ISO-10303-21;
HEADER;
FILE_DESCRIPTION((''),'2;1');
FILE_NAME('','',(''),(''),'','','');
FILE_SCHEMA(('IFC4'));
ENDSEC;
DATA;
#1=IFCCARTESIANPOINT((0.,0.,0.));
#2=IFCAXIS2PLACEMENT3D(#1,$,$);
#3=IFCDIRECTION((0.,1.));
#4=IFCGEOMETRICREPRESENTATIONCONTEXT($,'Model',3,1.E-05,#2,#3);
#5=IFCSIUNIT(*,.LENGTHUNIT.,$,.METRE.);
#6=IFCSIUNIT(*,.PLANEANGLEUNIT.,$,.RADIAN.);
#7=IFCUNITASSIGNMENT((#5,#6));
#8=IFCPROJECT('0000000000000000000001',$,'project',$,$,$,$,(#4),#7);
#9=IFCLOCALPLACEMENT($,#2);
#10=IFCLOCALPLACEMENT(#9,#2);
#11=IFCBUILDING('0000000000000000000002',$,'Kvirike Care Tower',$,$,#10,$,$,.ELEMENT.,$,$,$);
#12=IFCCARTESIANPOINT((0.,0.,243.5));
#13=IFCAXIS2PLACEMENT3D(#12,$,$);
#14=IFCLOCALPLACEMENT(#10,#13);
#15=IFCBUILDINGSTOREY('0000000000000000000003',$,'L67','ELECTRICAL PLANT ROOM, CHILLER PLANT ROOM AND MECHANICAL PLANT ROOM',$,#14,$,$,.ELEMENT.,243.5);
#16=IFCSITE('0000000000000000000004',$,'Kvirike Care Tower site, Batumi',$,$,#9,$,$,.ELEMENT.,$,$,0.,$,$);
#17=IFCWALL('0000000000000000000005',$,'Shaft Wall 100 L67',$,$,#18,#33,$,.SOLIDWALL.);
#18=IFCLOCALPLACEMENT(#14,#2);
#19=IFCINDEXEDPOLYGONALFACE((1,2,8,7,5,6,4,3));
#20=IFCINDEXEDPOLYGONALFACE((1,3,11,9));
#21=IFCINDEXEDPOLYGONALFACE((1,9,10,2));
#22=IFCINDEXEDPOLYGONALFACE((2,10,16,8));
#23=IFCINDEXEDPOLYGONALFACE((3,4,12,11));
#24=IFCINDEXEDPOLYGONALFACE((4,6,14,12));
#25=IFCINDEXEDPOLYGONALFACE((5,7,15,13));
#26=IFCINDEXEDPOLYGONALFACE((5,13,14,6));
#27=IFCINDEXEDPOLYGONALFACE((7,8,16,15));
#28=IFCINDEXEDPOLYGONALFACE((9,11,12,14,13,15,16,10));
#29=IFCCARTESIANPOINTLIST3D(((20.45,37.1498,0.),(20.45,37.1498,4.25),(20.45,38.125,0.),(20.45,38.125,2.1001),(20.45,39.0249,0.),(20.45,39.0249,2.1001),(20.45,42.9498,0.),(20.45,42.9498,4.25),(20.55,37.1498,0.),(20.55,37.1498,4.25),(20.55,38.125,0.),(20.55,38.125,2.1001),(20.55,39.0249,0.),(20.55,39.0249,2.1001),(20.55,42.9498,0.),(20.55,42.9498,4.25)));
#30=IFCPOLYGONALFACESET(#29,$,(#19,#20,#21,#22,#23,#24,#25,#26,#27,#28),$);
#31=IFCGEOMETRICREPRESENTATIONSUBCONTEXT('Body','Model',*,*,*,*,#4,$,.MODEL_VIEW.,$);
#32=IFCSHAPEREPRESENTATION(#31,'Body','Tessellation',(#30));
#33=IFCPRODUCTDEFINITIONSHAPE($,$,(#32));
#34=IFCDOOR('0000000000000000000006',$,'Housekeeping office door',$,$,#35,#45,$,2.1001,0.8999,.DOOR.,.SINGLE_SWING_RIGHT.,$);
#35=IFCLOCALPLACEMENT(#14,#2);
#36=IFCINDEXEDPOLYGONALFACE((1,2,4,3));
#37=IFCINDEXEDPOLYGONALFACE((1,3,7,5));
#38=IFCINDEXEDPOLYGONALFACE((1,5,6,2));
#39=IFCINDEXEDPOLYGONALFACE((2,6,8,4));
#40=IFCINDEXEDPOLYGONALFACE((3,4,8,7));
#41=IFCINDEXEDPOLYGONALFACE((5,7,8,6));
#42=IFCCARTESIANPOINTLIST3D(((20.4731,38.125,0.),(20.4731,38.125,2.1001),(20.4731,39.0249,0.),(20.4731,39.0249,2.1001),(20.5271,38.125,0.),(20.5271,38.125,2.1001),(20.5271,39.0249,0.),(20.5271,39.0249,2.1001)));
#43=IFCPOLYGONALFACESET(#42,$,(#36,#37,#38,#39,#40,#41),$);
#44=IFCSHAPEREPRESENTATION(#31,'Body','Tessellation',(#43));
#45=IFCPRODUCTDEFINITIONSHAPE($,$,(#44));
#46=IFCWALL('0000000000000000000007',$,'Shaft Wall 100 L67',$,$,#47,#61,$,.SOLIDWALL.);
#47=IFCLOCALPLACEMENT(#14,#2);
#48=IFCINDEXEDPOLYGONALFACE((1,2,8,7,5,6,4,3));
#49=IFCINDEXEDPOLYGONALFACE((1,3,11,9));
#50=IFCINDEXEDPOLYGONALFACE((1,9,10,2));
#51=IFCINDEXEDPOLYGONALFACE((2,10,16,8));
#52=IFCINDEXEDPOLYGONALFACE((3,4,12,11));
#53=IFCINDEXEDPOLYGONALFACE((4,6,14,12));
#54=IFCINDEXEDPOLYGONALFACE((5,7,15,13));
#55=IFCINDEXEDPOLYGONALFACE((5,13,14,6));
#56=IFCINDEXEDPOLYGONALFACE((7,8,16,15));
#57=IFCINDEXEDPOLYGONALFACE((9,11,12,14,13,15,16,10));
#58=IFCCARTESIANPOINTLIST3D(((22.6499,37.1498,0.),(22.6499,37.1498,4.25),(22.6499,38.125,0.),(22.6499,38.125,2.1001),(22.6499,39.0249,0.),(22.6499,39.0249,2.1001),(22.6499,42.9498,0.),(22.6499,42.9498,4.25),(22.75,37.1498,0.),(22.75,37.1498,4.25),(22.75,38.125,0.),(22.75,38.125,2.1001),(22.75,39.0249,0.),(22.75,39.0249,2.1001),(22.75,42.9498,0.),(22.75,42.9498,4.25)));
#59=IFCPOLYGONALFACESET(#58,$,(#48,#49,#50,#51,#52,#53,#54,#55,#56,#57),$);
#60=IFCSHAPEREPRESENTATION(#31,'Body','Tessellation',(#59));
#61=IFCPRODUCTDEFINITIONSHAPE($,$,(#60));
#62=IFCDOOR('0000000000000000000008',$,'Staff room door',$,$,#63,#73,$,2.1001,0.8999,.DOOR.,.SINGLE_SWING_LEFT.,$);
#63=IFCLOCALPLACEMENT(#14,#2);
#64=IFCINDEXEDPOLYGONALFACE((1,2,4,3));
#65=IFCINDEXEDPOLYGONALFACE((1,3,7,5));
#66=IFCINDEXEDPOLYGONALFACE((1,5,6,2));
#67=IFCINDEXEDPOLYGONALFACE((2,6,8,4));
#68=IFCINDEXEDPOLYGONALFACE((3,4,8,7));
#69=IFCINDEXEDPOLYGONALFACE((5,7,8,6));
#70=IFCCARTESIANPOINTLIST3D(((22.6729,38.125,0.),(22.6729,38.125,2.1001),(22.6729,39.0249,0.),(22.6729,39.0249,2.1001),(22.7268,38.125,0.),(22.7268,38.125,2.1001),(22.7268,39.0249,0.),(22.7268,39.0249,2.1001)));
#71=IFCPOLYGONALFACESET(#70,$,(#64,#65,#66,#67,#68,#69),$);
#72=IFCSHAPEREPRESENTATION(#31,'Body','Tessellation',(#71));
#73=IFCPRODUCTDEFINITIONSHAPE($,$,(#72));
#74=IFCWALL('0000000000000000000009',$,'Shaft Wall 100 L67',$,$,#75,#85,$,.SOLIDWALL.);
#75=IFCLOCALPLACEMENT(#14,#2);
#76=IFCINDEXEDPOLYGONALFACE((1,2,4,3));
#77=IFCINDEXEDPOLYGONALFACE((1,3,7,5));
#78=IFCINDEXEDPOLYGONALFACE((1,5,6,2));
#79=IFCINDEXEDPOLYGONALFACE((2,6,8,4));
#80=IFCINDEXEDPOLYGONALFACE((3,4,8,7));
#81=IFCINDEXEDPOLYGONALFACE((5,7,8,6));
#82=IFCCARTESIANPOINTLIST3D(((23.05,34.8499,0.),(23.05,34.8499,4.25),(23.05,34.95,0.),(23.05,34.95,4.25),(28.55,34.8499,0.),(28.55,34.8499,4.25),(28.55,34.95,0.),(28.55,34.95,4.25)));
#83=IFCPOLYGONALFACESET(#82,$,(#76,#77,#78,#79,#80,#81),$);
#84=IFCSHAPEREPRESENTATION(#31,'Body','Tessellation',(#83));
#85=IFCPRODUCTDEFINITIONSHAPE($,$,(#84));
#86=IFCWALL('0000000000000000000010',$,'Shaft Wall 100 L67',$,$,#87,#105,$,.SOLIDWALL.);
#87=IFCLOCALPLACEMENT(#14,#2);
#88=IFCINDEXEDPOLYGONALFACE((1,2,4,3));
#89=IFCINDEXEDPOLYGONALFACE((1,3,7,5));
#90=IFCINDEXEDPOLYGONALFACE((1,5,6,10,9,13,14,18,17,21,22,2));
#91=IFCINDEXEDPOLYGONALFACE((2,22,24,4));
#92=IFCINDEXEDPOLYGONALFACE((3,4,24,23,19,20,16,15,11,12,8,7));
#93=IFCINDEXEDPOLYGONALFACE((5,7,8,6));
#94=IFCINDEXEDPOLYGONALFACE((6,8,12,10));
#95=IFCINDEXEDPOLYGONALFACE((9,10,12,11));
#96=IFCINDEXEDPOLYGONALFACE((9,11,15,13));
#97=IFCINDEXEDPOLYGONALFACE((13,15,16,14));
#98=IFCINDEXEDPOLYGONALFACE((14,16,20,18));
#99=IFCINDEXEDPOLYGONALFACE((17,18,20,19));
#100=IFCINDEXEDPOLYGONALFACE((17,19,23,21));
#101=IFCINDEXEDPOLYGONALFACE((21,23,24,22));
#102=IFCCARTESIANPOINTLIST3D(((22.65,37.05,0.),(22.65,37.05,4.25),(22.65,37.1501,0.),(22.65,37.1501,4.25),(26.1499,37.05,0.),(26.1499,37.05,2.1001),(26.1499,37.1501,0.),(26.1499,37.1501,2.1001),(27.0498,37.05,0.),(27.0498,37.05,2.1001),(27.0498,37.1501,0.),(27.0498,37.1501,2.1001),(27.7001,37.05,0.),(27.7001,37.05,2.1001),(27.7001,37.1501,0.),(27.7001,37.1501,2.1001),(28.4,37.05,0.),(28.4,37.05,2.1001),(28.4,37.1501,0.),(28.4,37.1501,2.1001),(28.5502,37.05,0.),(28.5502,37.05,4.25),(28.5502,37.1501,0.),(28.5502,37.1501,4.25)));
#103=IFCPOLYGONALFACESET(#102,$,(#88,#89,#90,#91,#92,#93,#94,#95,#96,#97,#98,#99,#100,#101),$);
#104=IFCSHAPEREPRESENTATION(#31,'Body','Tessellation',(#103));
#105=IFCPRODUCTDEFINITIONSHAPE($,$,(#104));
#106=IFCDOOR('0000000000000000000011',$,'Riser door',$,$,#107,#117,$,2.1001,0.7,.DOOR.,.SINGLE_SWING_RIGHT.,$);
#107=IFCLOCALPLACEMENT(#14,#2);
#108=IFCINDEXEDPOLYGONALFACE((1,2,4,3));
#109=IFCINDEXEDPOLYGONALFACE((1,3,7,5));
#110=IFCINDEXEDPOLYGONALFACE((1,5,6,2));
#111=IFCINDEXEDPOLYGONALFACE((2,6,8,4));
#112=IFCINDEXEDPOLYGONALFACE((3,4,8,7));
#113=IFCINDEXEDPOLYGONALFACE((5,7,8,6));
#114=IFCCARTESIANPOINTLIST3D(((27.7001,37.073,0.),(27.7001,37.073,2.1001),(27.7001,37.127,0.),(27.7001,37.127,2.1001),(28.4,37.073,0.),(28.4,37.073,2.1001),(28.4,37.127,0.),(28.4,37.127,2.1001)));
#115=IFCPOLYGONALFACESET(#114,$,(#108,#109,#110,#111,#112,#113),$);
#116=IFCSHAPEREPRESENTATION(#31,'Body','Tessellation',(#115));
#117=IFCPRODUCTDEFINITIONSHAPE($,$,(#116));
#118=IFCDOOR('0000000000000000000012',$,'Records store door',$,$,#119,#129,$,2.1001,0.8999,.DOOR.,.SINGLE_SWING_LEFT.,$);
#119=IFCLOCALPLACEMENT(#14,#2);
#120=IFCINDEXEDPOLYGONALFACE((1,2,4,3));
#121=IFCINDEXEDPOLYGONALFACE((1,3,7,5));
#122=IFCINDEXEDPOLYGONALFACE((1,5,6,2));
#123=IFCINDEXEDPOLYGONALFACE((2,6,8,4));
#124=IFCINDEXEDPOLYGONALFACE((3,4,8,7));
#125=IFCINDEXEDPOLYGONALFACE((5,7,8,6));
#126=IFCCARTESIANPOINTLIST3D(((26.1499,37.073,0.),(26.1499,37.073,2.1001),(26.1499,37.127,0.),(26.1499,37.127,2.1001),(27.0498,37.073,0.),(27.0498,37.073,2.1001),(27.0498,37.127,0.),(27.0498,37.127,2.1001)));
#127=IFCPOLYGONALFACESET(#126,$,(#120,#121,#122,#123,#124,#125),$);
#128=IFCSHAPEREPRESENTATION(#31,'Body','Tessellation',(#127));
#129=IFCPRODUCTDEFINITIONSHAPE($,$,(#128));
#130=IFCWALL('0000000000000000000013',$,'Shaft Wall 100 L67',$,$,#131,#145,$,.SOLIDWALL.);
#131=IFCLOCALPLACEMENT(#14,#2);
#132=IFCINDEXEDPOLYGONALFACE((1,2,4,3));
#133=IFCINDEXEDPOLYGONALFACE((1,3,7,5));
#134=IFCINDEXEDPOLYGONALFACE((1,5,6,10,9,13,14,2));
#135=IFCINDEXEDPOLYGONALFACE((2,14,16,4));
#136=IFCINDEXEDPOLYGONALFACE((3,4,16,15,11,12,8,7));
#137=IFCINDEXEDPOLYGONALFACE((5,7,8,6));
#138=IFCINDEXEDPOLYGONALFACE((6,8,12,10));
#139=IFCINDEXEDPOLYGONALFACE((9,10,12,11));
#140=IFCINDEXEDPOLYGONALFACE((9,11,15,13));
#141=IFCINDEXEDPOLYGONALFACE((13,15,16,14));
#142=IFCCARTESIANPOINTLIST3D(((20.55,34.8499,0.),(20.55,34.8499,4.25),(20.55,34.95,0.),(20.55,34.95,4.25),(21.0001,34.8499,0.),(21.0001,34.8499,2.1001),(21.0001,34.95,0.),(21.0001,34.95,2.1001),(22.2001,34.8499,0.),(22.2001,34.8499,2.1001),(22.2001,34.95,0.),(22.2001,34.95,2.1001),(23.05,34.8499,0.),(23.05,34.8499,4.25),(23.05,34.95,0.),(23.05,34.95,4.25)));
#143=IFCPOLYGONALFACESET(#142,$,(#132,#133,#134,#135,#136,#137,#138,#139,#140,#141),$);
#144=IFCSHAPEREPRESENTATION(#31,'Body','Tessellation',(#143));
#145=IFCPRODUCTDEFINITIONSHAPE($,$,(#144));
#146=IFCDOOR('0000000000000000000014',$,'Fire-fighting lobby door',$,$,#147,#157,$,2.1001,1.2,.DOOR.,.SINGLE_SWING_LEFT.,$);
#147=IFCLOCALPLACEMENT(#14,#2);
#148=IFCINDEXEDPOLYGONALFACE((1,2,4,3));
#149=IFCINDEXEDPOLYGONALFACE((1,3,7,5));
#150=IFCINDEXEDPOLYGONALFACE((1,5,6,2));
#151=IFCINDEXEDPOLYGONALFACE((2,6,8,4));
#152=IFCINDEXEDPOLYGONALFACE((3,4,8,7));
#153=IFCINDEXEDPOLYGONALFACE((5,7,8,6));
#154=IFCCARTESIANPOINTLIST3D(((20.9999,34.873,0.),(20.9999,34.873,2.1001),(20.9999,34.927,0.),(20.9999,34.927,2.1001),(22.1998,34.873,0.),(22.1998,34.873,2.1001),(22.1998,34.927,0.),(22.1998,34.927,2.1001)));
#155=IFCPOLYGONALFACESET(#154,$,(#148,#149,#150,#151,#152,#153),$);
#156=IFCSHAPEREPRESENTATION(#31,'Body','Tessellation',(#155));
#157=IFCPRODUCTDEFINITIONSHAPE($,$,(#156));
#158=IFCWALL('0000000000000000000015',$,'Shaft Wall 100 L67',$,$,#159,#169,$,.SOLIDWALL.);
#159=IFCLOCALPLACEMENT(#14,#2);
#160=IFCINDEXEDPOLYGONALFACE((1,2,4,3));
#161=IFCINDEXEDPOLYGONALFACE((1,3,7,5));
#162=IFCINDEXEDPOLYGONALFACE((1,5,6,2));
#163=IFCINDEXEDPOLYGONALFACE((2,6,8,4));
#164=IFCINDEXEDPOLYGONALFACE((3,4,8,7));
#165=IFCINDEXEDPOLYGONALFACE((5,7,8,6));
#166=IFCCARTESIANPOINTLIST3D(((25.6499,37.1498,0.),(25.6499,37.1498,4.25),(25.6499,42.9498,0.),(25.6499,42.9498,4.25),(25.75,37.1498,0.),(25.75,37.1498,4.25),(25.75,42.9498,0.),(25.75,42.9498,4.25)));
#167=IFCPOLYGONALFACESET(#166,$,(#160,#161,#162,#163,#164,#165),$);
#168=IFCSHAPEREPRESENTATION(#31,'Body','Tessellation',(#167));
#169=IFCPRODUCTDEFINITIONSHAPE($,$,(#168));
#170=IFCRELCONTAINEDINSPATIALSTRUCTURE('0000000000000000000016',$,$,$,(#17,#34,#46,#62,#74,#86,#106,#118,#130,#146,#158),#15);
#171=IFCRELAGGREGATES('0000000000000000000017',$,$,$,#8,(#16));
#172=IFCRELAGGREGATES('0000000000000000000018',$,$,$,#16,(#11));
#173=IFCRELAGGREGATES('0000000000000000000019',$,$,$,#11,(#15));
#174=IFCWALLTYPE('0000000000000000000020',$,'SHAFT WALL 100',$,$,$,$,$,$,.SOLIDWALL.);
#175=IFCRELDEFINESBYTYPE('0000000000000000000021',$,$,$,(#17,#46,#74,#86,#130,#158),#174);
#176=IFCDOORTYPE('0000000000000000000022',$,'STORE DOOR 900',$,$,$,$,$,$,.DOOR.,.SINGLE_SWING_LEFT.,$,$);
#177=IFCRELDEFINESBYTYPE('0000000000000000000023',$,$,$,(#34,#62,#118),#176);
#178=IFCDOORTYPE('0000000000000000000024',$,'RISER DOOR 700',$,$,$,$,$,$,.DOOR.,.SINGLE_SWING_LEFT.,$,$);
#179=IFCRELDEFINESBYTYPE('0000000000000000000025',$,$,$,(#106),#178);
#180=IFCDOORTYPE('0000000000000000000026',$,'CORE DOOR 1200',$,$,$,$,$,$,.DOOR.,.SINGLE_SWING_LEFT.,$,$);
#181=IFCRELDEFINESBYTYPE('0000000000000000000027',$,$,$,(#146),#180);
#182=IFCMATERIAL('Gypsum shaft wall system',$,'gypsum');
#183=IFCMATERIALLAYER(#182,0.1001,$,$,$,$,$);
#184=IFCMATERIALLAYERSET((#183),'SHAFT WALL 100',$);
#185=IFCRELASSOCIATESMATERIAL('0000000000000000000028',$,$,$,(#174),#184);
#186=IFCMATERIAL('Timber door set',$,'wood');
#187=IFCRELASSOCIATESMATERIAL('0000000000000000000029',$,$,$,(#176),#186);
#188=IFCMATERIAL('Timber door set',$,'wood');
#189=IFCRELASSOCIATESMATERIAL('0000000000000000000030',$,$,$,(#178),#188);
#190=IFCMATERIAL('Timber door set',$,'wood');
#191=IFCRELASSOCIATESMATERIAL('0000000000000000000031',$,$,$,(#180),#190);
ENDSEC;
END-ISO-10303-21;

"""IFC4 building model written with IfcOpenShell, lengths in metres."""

from ifc_helpers import new_model, si_unit, direction, frame, frame_2d, origin, place, context, subcontext, project, spatial, rectangle, extrude, material, layer, layer_set, type_object, element, fill, save


model = new_model("IFC4")

# Units and contexts
model_context = context("Model", 3, precision=1e-05, world=origin(), true_north=direction((0.0, 1.0)))
body_context = subcontext(model_context, "Body", "Model", "MODEL_VIEW")
ifc_project = project(units=[si_unit("LENGTHUNIT", "METRE"), si_unit("PLANEANGLEUNIT", "RADIAN")], contexts=[model_context])

# Site, building, storey
site_placement = place(None, origin())
site = spatial("IfcSite", under=ifc_project, at=site_placement, Name="Kvirike Care Tower site, Batumi", CompositionType="ELEMENT", RefElevation=0.0)
building_placement = place(site_placement, origin())
building = spatial("IfcBuilding", under=site, at=building_placement, Name="Kvirike Care Tower", CompositionType="ELEMENT")
storey_placement = place(building_placement, frame((0.0, 0.0, 243.5)))
storey = spatial("IfcBuildingStorey", under=building, at=storey_placement, Name="L67", Description="ELECTRICAL PLANT ROOM, CHILLER PLANT ROOM AND MECHANICAL PLANT ROOM", CompositionType="ELEMENT", Elevation=243.5)

# Shared definitions
ifc_material_1 = material(Name="Gypsum shaft wall system", Category="gypsum")
ifc_layer_1 = layer(ifc_material_1, 0.1001)
ifc_layer_set_1 = layer_set([ifc_layer_1], Name="SHAFT WALL 100")
wall_type = type_object("IfcWallType", Name="SHAFT WALL 100", PredefinedType="SOLIDWALL", material=ifc_layer_set_1)

# Walls, openings, doors
wall_1_placement = place(storey_placement, frame((20.5, 37.1499, 0.0), z_axis=(0.0, 0.0, 1.0), x_axis=(0.0, 1.0, 0.0)))
wall_1 = element("IfcWall", 1, at=wall_1_placement, inside=storey, type_object=wall_type, Name="Shaft Wall 100 L67", PredefinedType="SOLIDWALL", context=body_context, shape_type="SweptSolid", body=[
    extrude(rectangle(XDim=5.8, YDim=0.1001, at=frame_2d((2.8999, 0.0))), origin(), (0.0, 0.0, 1.0), 4.25),
])
opening_1_placement = place(wall_1_placement, frame((0.9751, 0.0, 0.0)))
opening_1 = element("IfcOpeningElement", 2, at=opening_1_placement, cuts=wall_1, PredefinedType="OPENING", context=body_context, shape_type="SweptSolid", body=[
    extrude(rectangle(XDim=0.8999, YDim=2.1001, at=frame_2d((0.45, 1.05))), frame((0.0, 0.0605, 0.0), z_axis=(0.0, -1.0, 0.0), x_axis=(1.0, 0.0, 0.0)), (0.0, 0.0, 1.0), 0.1211),
])
ifc_material_2 = material(Name="Timber door set", Category="wood")
door_type_1 = type_object("IfcDoorType", Name="STORE DOOR 900", OperationType="SINGLE_SWING_LEFT", PredefinedType="DOOR", material=ifc_material_2)
door_1_placement = place(opening_1_placement, origin())
door_1 = element("IfcDoor", 3, at=door_1_placement, inside=storey, type_object=door_type_1, Name="Housekeeping office door", OperationType="SINGLE_SWING_RIGHT", OverallHeight=2.1001, OverallWidth=0.8999, PredefinedType="DOOR", context=body_context, shape_type="SweptSolid", body=[
    extrude(rectangle(XDim=0.8999, YDim=2.1001, at=frame_2d((0.45, 1.05))), frame((0.0, 0.0269, 0.0), z_axis=(0.0, -1.0, 0.0), x_axis=(1.0, 0.0, 0.0)), (0.0, 0.0, 1.0), 0.054),
])
fill(opening_1, door_1)
wall_2_placement = place(storey_placement, frame((22.7, 37.1499, 0.0), z_axis=(0.0, 0.0, 1.0), x_axis=(0.0, 1.0, 0.0)))
wall_2 = element("IfcWall", 4, at=wall_2_placement, inside=storey, type_object=wall_type, Name="Shaft Wall 100 L67", PredefinedType="SOLIDWALL", context=body_context, shape_type="SweptSolid", body=[
    extrude(rectangle(XDim=5.8, YDim=0.1001, at=frame_2d((2.8999, 0.0))), origin(), (0.0, 0.0, 1.0), 4.25),
])
opening_2_placement = place(wall_2_placement, frame((0.9751, 0.0, 0.0)))
opening_2 = element("IfcOpeningElement", 5, at=opening_2_placement, cuts=wall_2, PredefinedType="OPENING", context=body_context, shape_type="SweptSolid", body=[
    extrude(rectangle(XDim=0.8999, YDim=2.1001, at=frame_2d((0.45, 1.05))), frame((0.0, 0.0605, 0.0), z_axis=(0.0, -1.0, 0.0), x_axis=(1.0, 0.0, 0.0)), (0.0, 0.0, 1.0), 0.1211),
])
door_2_placement = place(opening_2_placement, frame((0.8999, 0.0, 0.0), z_axis=(0.0, 0.0, 1.0), x_axis=(-1.0, 0.0, 0.0)))
door_2 = element("IfcDoor", 6, at=door_2_placement, inside=storey, type_object=door_type_1, Name="Staff room door", OperationType="SINGLE_SWING_LEFT", OverallHeight=2.1001, OverallWidth=0.8999, PredefinedType="DOOR", context=body_context, shape_type="SweptSolid", body=[
    extrude(rectangle(XDim=0.8999, YDim=2.1001, at=frame_2d((0.45, 1.05))), frame((0.0, 0.0269, 0.0), z_axis=(0.0, -1.0, 0.0), x_axis=(1.0, 0.0, 0.0)), (0.0, 0.0, 1.0), 0.054),
])
fill(opening_2, door_2)

# Wall
wall_3_placement = place(storey_placement, frame((23.05, 34.8999, 0.0), z_axis=(0.0, 0.0, 1.0), x_axis=(1.0, 0.0, 0.0)))
element("IfcWall", 7, at=wall_3_placement, inside=storey, type_object=wall_type, Name="Shaft Wall 100 L67", PredefinedType="SOLIDWALL", context=body_context, shape_type="SweptSolid", body=[
    extrude(rectangle(XDim=5.5, YDim=0.1001, at=frame_2d((2.75, 0.0))), origin(), (0.0, 0.0, 1.0), 4.25),
])

# Wall, openings, doors
wall_4_placement = place(storey_placement, frame((22.6499, 37.1001, 0.0), z_axis=(0.0, 0.0, 1.0), x_axis=(1.0, 0.0, 0.0)))
wall_4 = element("IfcWall", 8, at=wall_4_placement, inside=storey, type_object=wall_type, Name="Shaft Wall 100 L67", PredefinedType="SOLIDWALL", context=body_context, shape_type="SweptSolid", body=[
    extrude(rectangle(XDim=5.9001, YDim=0.1001, at=frame_2d((2.9502, 0.0))), origin(), (0.0, 0.0, 1.0), 4.25),
])
opening_3_placement = place(wall_4_placement, frame((3.5, 0.0, 0.0)))
opening_3 = element("IfcOpeningElement", 9, at=opening_3_placement, cuts=wall_4, PredefinedType="OPENING", context=body_context, shape_type="SweptSolid", body=[
    extrude(rectangle(XDim=0.8999, YDim=2.1001, at=frame_2d((0.45, 1.05))), frame((0.0, 0.0605, 0.0), z_axis=(0.0, -1.0, 0.0), x_axis=(1.0, 0.0, 0.0)), (0.0, 0.0, 1.0), 0.1211),
])
opening_4_placement = place(wall_4_placement, frame((5.05, 0.0, 0.0)))
opening_4 = element("IfcOpeningElement", 10, at=opening_4_placement, cuts=wall_4, PredefinedType="OPENING", context=body_context, shape_type="SweptSolid", body=[
    extrude(rectangle(XDim=0.7, YDim=2.1001, at=frame_2d((0.3501, 1.05))), frame((0.0, 0.0605, 0.0), z_axis=(0.0, -1.0, 0.0), x_axis=(1.0, 0.0, 0.0)), (0.0, 0.0, 1.0), 0.1211),
])
ifc_material_3 = material(Name="Timber door set", Category="wood")
door_type_2 = type_object("IfcDoorType", Name="RISER DOOR 700", OperationType="SINGLE_SWING_LEFT", PredefinedType="DOOR", material=ifc_material_3)
door_3_placement = place(opening_4_placement, origin())
door_3 = element("IfcDoor", 11, at=door_3_placement, inside=storey, type_object=door_type_2, Name="Riser door", OperationType="SINGLE_SWING_RIGHT", OverallHeight=2.1001, OverallWidth=0.7, PredefinedType="DOOR", context=body_context, shape_type="SweptSolid", body=[
    extrude(rectangle(XDim=0.7, YDim=2.1001, at=frame_2d((0.3501, 1.05))), frame((0.0, 0.0269, 0.0), z_axis=(0.0, -1.0, 0.0), x_axis=(1.0, 0.0, 0.0)), (0.0, 0.0, 1.0), 0.054),
])
fill(opening_4, door_3)
door_4_placement = place(opening_3_placement, origin())
door_4 = element("IfcDoor", 12, at=door_4_placement, inside=storey, type_object=door_type_1, Name="Records store door", OperationType="SINGLE_SWING_LEFT", OverallHeight=2.1001, OverallWidth=0.8999, PredefinedType="DOOR", context=body_context, shape_type="SweptSolid", body=[
    extrude(rectangle(XDim=0.8999, YDim=2.1001, at=frame_2d((0.45, 1.05))), frame((0.0, 0.0269, 0.0), z_axis=(0.0, -1.0, 0.0), x_axis=(1.0, 0.0, 0.0)), (0.0, 0.0, 1.0), 0.054),
])
fill(opening_3, door_4)

# Wall, opening, door
wall_5_placement = place(storey_placement, frame((20.55, 34.8999, 0.0), z_axis=(0.0, 0.0, 1.0), x_axis=(1.0, 0.0, 0.0)))
wall_5 = element("IfcWall", 13, at=wall_5_placement, inside=storey, type_object=wall_type, Name="Shaft Wall 100 L67", PredefinedType="SOLIDWALL", context=body_context, shape_type="SweptSolid", body=[
    extrude(rectangle(XDim=2.5, YDim=0.1001, at=frame_2d((1.25, 0.0))), origin(), (0.0, 0.0, 1.0), 4.25),
])
opening_5_placement = place(wall_5_placement, frame((0.45, 0.0, 0.0)))
opening_5 = element("IfcOpeningElement", 14, at=opening_5_placement, cuts=wall_5, PredefinedType="OPENING", context=body_context, shape_type="SweptSolid", body=[
    extrude(rectangle(XDim=1.2, YDim=2.1001, at=frame_2d((0.6001, 1.05))), frame((0.0, 0.0605, 0.0), z_axis=(0.0, -1.0, 0.0), x_axis=(1.0, 0.0, 0.0)), (0.0, 0.0, 1.0), 0.1211),
])
ifc_material_4 = material(Name="Timber door set", Category="wood")
door_type_3 = type_object("IfcDoorType", Name="CORE DOOR 1200", OperationType="SINGLE_SWING_LEFT", PredefinedType="DOOR", material=ifc_material_4)
door_5_placement = place(opening_5_placement, frame((1.2, 0.0, 0.0), z_axis=(0.0, 0.0, 1.0), x_axis=(-1.0, 0.0, 0.0)))
door_5 = element("IfcDoor", 15, at=door_5_placement, inside=storey, type_object=door_type_3, Name="Fire-fighting lobby door", OperationType="SINGLE_SWING_LEFT", OverallHeight=2.1001, OverallWidth=1.2, PredefinedType="DOOR", context=body_context, shape_type="SweptSolid", body=[
    extrude(rectangle(XDim=1.2, YDim=2.1001, at=frame_2d((0.6001, 1.05))), frame((0.0, 0.0269, 0.0), z_axis=(0.0, -1.0, 0.0), x_axis=(1.0, 0.0, 0.0)), (0.0, 0.0, 1.0), 0.054),
])
fill(opening_5, door_5)

# Wall
wall_6_placement = place(storey_placement, frame((25.7, 37.1499, 0.0), z_axis=(0.0, 0.0, 1.0), x_axis=(0.0, 1.0, 0.0)))
element("IfcWall", 16, at=wall_6_placement, inside=storey, type_object=wall_type, Name="Shaft Wall 100 L67", PredefinedType="SOLIDWALL", context=body_context, shape_type="SweptSolid", body=[
    extrude(rectangle(XDim=5.8, YDim=0.1001, at=frame_2d((2.8999, 0.0))), origin(), (0.0, 0.0, 1.0), 4.25),
])

save(model, "model.ifc")
